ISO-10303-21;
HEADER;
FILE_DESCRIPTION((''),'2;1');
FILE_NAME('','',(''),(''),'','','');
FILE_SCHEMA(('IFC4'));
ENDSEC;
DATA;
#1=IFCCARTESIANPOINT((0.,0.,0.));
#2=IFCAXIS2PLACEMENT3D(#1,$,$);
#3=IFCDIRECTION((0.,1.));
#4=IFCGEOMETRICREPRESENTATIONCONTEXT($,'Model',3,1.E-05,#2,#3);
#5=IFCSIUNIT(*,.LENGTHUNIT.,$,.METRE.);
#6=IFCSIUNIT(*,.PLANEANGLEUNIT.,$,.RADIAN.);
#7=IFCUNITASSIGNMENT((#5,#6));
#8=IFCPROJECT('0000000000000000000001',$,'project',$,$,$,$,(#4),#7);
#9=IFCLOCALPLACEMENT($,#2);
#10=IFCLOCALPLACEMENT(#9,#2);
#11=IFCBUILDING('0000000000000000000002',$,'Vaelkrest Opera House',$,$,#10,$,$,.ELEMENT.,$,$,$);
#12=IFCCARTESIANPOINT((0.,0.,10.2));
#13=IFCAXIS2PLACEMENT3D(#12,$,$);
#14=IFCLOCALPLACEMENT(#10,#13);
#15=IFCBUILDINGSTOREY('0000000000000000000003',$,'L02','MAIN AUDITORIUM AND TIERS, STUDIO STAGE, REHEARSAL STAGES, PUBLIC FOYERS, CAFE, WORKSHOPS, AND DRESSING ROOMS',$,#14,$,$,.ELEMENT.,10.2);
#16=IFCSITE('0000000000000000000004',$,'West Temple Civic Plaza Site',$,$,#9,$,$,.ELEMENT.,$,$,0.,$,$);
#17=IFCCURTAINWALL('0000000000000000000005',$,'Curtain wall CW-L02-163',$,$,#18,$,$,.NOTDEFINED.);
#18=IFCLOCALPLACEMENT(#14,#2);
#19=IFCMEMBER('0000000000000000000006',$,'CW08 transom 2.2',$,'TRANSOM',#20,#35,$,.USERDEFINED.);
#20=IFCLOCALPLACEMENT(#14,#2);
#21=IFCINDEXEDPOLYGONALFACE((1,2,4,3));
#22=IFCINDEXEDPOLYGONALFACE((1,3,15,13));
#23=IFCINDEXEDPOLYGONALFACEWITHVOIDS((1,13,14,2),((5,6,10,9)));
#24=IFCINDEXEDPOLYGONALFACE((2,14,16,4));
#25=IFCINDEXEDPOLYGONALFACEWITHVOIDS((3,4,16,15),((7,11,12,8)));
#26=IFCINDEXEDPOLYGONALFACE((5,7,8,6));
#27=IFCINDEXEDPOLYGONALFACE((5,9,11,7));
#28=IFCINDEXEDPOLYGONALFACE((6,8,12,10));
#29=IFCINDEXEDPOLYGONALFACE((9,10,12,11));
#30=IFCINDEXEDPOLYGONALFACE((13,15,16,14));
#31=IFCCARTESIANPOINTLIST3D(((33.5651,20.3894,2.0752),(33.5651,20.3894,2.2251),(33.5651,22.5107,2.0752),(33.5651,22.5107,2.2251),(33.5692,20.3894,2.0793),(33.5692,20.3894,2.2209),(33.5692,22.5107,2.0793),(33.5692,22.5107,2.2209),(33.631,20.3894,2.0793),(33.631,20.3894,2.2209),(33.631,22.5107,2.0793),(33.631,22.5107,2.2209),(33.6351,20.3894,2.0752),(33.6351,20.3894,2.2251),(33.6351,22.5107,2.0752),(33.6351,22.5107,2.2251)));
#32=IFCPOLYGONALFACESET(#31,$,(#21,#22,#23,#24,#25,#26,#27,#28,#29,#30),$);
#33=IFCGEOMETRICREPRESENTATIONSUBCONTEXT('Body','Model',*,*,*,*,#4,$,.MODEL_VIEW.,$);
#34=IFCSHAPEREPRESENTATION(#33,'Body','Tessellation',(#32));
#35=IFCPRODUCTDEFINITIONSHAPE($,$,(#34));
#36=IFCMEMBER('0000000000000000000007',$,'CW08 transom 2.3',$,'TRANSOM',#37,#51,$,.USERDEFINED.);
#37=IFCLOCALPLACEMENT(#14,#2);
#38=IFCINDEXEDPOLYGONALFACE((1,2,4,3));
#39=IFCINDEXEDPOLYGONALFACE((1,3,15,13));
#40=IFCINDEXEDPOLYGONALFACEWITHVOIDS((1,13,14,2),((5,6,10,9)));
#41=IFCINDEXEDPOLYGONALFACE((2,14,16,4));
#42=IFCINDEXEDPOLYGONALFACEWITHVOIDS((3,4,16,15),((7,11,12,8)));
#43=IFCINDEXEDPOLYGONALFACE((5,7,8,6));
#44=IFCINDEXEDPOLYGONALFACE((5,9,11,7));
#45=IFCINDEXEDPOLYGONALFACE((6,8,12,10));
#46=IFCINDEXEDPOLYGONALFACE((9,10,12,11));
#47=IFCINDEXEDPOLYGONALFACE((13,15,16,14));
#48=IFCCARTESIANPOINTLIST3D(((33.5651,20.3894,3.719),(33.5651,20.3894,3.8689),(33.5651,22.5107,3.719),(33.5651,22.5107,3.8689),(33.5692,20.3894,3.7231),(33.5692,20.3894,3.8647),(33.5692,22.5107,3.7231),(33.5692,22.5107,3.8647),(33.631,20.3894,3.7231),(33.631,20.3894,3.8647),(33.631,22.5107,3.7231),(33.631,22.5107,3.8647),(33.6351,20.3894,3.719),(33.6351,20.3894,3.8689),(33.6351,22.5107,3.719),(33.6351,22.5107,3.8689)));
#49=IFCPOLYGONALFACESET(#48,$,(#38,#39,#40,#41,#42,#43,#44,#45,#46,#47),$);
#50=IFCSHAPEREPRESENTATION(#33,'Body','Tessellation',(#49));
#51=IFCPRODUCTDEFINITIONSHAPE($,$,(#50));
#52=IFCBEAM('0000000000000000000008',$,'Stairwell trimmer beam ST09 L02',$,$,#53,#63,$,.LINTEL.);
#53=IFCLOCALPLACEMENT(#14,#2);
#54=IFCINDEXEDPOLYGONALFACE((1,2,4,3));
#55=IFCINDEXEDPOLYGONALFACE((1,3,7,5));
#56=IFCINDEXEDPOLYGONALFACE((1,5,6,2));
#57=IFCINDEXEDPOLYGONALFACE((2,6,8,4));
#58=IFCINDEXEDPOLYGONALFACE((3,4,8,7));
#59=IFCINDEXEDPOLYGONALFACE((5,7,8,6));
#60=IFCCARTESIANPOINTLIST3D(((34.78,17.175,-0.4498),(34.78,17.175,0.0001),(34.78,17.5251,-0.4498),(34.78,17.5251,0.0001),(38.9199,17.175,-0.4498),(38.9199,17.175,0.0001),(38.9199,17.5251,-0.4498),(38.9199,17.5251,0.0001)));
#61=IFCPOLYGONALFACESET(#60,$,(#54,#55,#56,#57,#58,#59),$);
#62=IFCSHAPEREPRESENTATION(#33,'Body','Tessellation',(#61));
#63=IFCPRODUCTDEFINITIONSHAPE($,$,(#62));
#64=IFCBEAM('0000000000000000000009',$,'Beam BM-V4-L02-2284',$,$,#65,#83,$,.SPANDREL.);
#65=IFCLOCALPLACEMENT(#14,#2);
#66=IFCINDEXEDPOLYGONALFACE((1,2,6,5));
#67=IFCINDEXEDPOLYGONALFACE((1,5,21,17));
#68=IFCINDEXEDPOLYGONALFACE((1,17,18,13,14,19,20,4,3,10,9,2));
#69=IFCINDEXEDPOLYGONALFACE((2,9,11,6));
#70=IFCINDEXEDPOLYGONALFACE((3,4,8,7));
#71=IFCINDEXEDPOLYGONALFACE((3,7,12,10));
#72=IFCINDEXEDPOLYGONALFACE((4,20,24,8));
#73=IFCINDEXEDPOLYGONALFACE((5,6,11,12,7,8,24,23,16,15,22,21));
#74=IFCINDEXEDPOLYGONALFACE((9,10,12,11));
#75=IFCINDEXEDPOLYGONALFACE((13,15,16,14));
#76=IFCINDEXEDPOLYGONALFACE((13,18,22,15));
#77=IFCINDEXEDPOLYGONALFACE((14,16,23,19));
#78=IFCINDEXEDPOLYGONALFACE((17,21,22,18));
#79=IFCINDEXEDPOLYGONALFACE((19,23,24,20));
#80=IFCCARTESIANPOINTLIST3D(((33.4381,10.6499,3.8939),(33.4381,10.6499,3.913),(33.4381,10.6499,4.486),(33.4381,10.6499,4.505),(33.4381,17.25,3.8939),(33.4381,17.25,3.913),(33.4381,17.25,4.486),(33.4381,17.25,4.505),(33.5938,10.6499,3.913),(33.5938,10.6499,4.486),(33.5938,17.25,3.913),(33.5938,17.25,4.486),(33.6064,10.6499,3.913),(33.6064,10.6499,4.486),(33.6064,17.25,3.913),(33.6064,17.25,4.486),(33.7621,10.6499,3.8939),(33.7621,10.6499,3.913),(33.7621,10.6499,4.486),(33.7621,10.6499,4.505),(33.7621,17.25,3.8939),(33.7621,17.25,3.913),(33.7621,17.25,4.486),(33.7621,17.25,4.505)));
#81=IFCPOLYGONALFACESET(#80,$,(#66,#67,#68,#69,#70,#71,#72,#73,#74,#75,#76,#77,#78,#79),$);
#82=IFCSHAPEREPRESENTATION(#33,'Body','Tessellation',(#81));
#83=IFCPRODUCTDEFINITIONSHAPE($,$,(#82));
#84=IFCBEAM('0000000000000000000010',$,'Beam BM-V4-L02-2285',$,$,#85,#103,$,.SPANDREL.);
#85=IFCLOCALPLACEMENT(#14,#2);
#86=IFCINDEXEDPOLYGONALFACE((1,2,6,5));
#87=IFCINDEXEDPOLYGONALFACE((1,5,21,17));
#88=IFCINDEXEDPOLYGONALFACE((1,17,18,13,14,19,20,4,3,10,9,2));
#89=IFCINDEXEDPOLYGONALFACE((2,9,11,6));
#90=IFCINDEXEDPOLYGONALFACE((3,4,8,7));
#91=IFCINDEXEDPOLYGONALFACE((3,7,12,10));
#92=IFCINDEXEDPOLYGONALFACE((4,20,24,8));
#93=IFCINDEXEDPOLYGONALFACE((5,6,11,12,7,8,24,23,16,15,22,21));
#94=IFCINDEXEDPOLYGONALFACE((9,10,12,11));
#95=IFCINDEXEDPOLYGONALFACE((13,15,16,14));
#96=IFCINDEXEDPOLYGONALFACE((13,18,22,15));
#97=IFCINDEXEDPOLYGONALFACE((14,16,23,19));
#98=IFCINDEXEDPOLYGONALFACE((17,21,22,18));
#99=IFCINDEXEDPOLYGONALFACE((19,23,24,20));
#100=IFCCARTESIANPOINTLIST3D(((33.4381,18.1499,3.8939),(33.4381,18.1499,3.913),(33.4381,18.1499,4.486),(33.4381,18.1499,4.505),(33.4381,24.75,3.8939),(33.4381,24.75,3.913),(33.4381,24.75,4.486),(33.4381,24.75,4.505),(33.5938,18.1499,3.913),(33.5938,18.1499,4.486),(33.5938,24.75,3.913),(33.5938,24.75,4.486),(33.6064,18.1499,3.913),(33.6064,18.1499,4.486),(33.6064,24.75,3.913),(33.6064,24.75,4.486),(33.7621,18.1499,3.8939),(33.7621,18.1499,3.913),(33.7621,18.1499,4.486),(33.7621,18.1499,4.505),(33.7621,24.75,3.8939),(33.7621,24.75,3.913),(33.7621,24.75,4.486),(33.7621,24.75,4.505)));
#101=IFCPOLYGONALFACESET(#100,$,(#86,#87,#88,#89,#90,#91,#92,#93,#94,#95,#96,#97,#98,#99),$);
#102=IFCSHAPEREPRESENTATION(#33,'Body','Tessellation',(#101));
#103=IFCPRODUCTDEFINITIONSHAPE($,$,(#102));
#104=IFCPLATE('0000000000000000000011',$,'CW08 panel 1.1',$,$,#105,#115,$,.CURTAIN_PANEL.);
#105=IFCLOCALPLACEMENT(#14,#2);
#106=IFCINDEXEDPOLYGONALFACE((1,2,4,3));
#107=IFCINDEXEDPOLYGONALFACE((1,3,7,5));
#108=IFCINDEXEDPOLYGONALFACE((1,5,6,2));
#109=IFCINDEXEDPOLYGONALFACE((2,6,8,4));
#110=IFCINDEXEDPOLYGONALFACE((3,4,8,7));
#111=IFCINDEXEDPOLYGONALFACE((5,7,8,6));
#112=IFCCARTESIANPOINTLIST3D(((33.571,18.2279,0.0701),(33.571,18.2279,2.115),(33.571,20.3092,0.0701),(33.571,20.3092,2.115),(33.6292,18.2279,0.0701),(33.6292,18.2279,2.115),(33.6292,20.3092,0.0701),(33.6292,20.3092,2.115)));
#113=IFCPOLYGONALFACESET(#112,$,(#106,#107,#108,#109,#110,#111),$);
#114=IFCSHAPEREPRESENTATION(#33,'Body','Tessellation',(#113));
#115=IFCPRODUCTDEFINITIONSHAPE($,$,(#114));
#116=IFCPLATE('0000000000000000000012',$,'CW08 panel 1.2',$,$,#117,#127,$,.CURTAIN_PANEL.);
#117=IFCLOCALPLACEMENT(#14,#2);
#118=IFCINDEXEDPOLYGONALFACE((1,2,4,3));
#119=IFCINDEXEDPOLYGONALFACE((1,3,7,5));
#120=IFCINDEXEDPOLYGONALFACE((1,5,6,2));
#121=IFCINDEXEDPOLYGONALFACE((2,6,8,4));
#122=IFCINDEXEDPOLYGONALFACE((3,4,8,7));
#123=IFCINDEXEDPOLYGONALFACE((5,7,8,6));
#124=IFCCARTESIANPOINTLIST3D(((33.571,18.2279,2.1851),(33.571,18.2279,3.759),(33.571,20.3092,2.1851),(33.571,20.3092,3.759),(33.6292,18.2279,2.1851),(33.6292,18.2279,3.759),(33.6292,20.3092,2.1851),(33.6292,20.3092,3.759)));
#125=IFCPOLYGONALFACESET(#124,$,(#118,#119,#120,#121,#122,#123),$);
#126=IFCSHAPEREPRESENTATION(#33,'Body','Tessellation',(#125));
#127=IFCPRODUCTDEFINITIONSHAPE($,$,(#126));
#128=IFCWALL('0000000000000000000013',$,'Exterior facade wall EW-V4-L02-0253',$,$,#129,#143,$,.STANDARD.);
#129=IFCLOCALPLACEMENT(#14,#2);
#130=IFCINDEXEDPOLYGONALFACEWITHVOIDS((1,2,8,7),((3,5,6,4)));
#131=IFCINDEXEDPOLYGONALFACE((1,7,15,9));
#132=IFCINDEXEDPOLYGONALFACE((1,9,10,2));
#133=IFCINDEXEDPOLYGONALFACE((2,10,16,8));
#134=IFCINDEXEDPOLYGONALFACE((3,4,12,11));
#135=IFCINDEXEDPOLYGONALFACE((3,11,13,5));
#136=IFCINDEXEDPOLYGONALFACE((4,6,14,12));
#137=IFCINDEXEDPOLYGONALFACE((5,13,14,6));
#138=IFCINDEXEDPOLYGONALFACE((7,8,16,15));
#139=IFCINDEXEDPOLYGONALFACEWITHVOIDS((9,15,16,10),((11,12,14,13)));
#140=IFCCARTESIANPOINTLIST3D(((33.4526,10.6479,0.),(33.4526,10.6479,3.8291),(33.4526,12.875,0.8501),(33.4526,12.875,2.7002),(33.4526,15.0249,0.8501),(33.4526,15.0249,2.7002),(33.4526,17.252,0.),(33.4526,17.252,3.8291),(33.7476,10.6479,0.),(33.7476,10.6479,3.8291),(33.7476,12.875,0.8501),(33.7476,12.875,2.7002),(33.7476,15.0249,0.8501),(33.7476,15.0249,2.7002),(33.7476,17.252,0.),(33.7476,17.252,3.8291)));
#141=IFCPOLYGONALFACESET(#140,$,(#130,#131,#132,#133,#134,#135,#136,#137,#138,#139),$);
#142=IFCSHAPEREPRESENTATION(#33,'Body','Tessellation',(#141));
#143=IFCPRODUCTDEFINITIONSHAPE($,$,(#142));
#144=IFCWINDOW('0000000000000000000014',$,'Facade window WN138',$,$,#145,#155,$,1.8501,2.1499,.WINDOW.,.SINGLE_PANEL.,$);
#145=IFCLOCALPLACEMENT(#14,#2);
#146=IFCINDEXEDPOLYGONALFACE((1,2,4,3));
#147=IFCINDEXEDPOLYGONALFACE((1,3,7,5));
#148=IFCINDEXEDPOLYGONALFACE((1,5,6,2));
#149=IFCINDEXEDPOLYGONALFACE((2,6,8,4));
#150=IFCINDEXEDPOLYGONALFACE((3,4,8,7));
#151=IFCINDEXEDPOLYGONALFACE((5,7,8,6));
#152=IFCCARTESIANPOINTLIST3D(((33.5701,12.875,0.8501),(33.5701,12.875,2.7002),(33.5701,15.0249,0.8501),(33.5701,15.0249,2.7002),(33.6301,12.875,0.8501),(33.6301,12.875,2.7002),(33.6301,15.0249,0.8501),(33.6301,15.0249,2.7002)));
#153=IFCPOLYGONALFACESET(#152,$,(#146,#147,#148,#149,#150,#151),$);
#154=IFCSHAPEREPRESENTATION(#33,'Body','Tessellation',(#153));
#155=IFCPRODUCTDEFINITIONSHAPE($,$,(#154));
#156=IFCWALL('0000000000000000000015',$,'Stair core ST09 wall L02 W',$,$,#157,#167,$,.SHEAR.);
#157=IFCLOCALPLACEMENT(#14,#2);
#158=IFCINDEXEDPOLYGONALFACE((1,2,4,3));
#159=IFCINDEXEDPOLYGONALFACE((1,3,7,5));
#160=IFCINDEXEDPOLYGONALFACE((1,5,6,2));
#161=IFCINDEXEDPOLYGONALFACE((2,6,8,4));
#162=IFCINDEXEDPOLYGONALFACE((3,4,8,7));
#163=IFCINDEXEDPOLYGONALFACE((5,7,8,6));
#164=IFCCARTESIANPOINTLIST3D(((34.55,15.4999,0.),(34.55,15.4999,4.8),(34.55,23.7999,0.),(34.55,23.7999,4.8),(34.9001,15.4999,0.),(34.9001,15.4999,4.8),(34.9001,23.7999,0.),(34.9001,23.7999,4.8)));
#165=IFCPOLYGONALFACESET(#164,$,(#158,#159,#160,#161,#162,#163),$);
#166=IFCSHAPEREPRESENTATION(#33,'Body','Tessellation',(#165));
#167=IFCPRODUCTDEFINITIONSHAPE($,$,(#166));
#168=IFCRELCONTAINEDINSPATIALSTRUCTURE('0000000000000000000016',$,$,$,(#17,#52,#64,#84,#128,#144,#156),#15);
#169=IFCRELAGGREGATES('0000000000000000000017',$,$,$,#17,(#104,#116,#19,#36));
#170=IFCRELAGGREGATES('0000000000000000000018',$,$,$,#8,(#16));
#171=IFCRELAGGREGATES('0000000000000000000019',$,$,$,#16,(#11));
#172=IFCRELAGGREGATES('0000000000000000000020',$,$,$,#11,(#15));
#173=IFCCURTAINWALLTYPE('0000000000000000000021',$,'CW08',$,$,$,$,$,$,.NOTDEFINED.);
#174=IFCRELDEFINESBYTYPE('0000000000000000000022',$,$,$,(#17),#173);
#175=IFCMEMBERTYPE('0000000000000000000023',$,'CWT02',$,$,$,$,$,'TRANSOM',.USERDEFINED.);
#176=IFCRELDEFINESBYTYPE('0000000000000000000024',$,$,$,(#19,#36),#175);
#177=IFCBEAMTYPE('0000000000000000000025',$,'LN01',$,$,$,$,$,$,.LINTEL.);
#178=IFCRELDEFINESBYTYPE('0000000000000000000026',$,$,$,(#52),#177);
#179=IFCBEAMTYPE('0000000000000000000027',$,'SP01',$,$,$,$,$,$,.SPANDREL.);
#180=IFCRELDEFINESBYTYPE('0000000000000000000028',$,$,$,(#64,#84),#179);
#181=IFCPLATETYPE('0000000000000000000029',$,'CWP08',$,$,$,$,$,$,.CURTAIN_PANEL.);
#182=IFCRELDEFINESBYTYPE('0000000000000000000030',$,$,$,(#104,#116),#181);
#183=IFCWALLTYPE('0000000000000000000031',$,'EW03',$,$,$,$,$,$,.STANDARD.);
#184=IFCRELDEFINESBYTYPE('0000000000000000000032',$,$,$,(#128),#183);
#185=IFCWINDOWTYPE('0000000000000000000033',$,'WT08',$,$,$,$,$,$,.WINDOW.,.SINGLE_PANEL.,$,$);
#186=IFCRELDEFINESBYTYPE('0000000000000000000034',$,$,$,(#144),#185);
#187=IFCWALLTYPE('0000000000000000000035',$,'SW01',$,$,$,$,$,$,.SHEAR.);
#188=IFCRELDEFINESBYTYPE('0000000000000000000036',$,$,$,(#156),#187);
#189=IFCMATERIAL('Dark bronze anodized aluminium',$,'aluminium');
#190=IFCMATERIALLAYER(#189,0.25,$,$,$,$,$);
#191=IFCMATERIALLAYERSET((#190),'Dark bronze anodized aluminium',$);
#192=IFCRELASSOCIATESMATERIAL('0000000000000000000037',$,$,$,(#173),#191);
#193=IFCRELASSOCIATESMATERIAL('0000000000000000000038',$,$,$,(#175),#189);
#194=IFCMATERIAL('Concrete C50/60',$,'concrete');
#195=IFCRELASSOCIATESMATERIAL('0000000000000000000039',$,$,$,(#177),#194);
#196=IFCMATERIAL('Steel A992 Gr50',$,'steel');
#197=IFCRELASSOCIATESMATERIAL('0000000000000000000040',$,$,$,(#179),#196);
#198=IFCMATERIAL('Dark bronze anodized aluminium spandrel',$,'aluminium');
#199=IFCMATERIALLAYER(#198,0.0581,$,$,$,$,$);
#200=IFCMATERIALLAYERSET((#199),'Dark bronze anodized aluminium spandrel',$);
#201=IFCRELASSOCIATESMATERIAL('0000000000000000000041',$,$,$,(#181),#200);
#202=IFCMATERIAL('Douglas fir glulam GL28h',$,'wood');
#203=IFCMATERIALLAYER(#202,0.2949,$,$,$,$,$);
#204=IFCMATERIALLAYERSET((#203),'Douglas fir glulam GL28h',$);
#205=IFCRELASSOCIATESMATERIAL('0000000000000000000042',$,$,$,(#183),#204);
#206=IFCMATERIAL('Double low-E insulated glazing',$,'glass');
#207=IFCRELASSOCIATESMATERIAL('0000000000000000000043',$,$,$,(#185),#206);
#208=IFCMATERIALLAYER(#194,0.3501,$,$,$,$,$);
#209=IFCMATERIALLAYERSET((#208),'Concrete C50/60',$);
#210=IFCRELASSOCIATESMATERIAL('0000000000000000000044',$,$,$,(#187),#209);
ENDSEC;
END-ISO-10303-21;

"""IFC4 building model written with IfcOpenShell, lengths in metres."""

from ifc_helpers import new_model, si_unit, direction, frame, frame_2d, origin, origin_2d, place, context, subcontext, project, spatial, rectangle, hollow_rectangle, i_section, extrude, material, layer, layer_set, material_profile, profile_set, type_object, element, fill, aggregate, save


model = new_model("IFC4")

# Units and contexts
model_context = context("Model", 3, precision=1e-05, world=origin(), true_north=direction((0.0, 1.0)))
body_context = subcontext(model_context, "Body", "Model", "MODEL_VIEW")
ifc_project = project(units=[si_unit("LENGTHUNIT", "METRE"), si_unit("PLANEANGLEUNIT", "RADIAN")], contexts=[model_context])

# Site, building, storey
site_placement = place(None, origin())
site = spatial("IfcSite", under=ifc_project, at=site_placement, Name="West Temple Civic Plaza Site", CompositionType="ELEMENT", RefElevation=0.0)
building_placement = place(site_placement, origin())
building = spatial("IfcBuilding", under=site, at=building_placement, Name="Vaelkrest Opera House", CompositionType="ELEMENT")
storey_placement = place(building_placement, frame((0.0, 0.0, 10.2)))
storey = spatial("IfcBuildingStorey", under=building, at=storey_placement, Name="L02", Description="MAIN AUDITORIUM AND TIERS, STUDIO STAGE, REHEARSAL STAGES, PUBLIC FOYERS, CAFE, WORKSHOPS, AND DRESSING ROOMS", CompositionType="ELEMENT", Elevation=10.2)

# Shared definitions
ifc_material_1 = material(Name="Concrete C50/60", Category="concrete")

# Shared definitions
ifc_material_2 = material(Name="Steel A992 Gr50", Category="steel")

# Curtain wall, members
ifc_material_3 = material(Name="Dark bronze anodized aluminium", Category="aluminium")
ifc_layer_1 = layer(ifc_material_3, 0.25)
ifc_layer_set_1 = layer_set([ifc_layer_1], Name="Dark bronze anodized aluminium")
curtain_wall_type = type_object("IfcCurtainWallType", Name="CW08", PredefinedType="NOTDEFINED", material=ifc_layer_set_1)
curtain_wall_placement = place(storey_placement, origin())
curtain_wall = element("IfcCurtainWall", 1, at=curtain_wall_placement, inside=storey, type_object=curtain_wall_type, Name="Curtain wall CW-L02-163", PredefinedType="NOTDEFINED")
ifc_material_profile_1 = material_profile(ifc_material_3, hollow_rectangle(XDim=0.0701, YDim=0.1499, WallThickness=0.0042, at=origin_2d()), Name="CWT70X150")
ifc_profile_set_1 = profile_set([ifc_material_profile_1], Name="Dark bronze anodized aluminium")
member_type_1 = type_object("IfcMemberType", Name="CWT02", ElementType="TRANSOM", PredefinedType="USERDEFINED", material=ifc_profile_set_1)
member_1_placement = place(storey_placement, frame((33.6001, 20.3894, 2.1501), z_axis=(0.0, 1.0, 0.0), x_axis=(-1.0, 0.0, 0.0)))
member_1 = element("IfcMember", 2, at=member_1_placement, type_object=member_type_1, Name="CW08 transom 2.2", ObjectType="TRANSOM", PredefinedType="USERDEFINED", context=body_context, shape_type="SweptSolid", body=[
    extrude(hollow_rectangle(XDim=0.0701, YDim=0.1499, WallThickness=0.0042, at=origin_2d()), origin(), (0.0, 0.0, 1.0), 2.1213),
])
member_2_placement = place(storey_placement, frame((33.6001, 20.3894, 3.7939), z_axis=(0.0, 1.0, 0.0), x_axis=(-1.0, 0.0, 0.0)))
member_2 = element("IfcMember", 3, at=member_2_placement, type_object=member_type_1, Name="CW08 transom 2.3", ObjectType="TRANSOM", PredefinedType="USERDEFINED", context=body_context, shape_type="SweptSolid", body=[
    extrude(hollow_rectangle(XDim=0.0701, YDim=0.1499, WallThickness=0.0042, at=origin_2d()), origin(), (0.0, 0.0, 1.0), 2.1213),
])

# Beams
ifc_material_profile_2 = material_profile(ifc_material_1, rectangle(XDim=0.3501, YDim=0.45, at=origin_2d()), Name="RCB350X450")
ifc_profile_set_2 = profile_set([ifc_material_profile_2], Name="Concrete C50/60")
beam_type_1 = type_object("IfcBeamType", Name="LN01", PredefinedType="LINTEL", material=ifc_profile_set_2)
beam_1_placement = place(storey_placement, frame((34.78, 17.3501, -0.2249), z_axis=(1.0, 0.0, 0.0), x_axis=(0.0, 1.0, 0.0)))
element("IfcBeam", 4, at=beam_1_placement, inside=storey, type_object=beam_type_1, Name="Stairwell trimmer beam ST09 L02", PredefinedType="LINTEL", context=body_context, shape_type="SweptSolid", body=[
    extrude(rectangle(XDim=0.3501, YDim=0.45, at=origin_2d()), origin(), (0.0, 0.0, 1.0), 4.1399),
])
ifc_material_profile_3 = material_profile(ifc_material_2, i_section(OverallWidth=0.324, OverallDepth=0.6111, WebThickness=0.0127, FlangeThickness=0.019, at=origin_2d()), Name="W24X104")
ifc_profile_set_3 = profile_set([ifc_material_profile_3], Name="Steel A992 Gr50")
beam_type_2 = type_object("IfcBeamType", Name="SP01", PredefinedType="SPANDREL", material=ifc_profile_set_3)
for number, where, z_axis, x_axis, name in (
    (5, (33.6001, 10.6499, 4.1995), (0.0, 1.0, 0.0), (-1.0, 0.0, 0.0), "Beam BM-V4-L02-2284"),
    (6, (33.6001, 18.1499, 4.1995), (0.0, 1.0, 0.0), (-1.0, 0.0, 0.0), "Beam BM-V4-L02-2285"),
):
    element("IfcBeam", number, at=place(storey_placement, frame(where, z_axis=z_axis, x_axis=x_axis)), inside=storey, type_object=beam_type_2, Name=name, PredefinedType="SPANDREL", context=body_context, shape_type="SweptSolid", body=[
        extrude(i_section(OverallWidth=0.324, OverallDepth=0.6111, WebThickness=0.0127, FlangeThickness=0.019, at=origin_2d()), origin(), (0.0, 0.0, 1.0), 6.6001),
    ])

# Plates
ifc_material_4 = material(Name="Dark bronze anodized aluminium spandrel", Category="aluminium")
ifc_layer_2 = layer(ifc_material_4, 0.0581)
ifc_layer_set_2 = layer_set([ifc_layer_2], Name="Dark bronze anodized aluminium spandrel")
plate_type = type_object("IfcPlateType", Name="CWP08", PredefinedType="CURTAIN_PANEL", material=ifc_layer_set_2)
plate_1_placement = place(storey_placement, frame((33.6001, 19.2686, 0.0701), z_axis=(0.0, 0.0, 1.0), x_axis=(0.0, 1.0, 0.0)))
plate_1 = element("IfcPlate", 7, at=plate_1_placement, type_object=plate_type, Name="CW08 panel 1.1", PredefinedType="CURTAIN_PANEL", context=body_context, shape_type="SweptSolid", body=[
    extrude(rectangle(XDim=2.0813, YDim=0.0581, at=origin_2d()), origin(), (0.0, 0.0, 1.0), 2.0449),
])
plate_2_placement = place(storey_placement, frame((33.6001, 19.2686, 2.1851), z_axis=(0.0, 0.0, 1.0), x_axis=(0.0, 1.0, 0.0)))
plate_2 = element("IfcPlate", 8, at=plate_2_placement, type_object=plate_type, Name="CW08 panel 1.2", PredefinedType="CURTAIN_PANEL", context=body_context, shape_type="SweptSolid", body=[
    extrude(rectangle(XDim=2.0813, YDim=0.0581, at=origin_2d()), origin(), (0.0, 0.0, 1.0), 1.574),
])
aggregate(curtain_wall, [plate_1, plate_2, member_1, member_2])

# Wall, opening, window
ifc_material_5 = material(Name="Douglas fir glulam GL28h", Category="wood")
ifc_layer_3 = layer(ifc_material_5, 0.2949)
ifc_layer_set_3 = layer_set([ifc_layer_3], Name="Douglas fir glulam GL28h")
wall_type_1 = type_object("IfcWallType", Name="EW03", PredefinedType="STANDARD", material=ifc_layer_set_3)
wall_1_placement = place(storey_placement, frame((33.6001, 10.6479, 0.0), z_axis=(0.0, 0.0, 1.0), x_axis=(0.0, 1.0, 0.0)))
wall_1 = element("IfcWall", 9, at=wall_1_placement, inside=storey, type_object=wall_type_1, Name="Exterior facade wall EW-V4-L02-0253", PredefinedType="STANDARD", context=body_context, shape_type="SweptSolid", body=[
    extrude(rectangle(XDim=6.604, YDim=0.2949, at=frame_2d((3.302, 0.0))), origin(), (0.0, 0.0, 1.0), 3.8291),
])
opening_1_placement = place(wall_1_placement, frame((2.2271, 0.0, 0.8501)))
opening_1 = element("IfcOpeningElement", 10, at=opening_1_placement, cuts=wall_1, PredefinedType="OPENING", context=body_context, shape_type="SweptSolid", body=[
    extrude(rectangle(XDim=2.1499, YDim=1.8501, at=frame_2d((1.075, 0.925))), frame((0.0, 0.1575, 0.0), z_axis=(0.0, -1.0, 0.0), x_axis=(1.0, 0.0, 0.0)), (0.0, 0.0, 1.0), 0.3149),
])
ifc_material_6 = material(Name="Double low-E insulated glazing", Category="glass")
window_type = type_object("IfcWindowType", Name="WT08", PartitioningType="SINGLE_PANEL", PredefinedType="WINDOW", material=ifc_material_6)
window_placement = place(opening_1_placement, origin())
window = element("IfcWindow", 11, at=window_placement, inside=storey, type_object=window_type, Name="Facade window WN138", OverallHeight=1.8501, OverallWidth=2.1499, PartitioningType="SINGLE_PANEL", PredefinedType="WINDOW", context=body_context, shape_type="SweptSolid", body=[
    extrude(rectangle(XDim=2.1499, YDim=1.8501, at=frame_2d((1.075, 0.925))), frame((0.0, 0.03, 0.0), z_axis=(0.0, -1.0, 0.0), x_axis=(1.0, 0.0, 0.0)), (0.0, 0.0, 1.0), 0.0601),
])
fill(opening_1, window)

# Shared definitions
ifc_layer_4 = layer(ifc_material_1, 0.3501)
ifc_layer_set_4 = layer_set([ifc_layer_4], Name="Concrete C50/60")
wall_type_2 = type_object("IfcWallType", Name="SW01", PredefinedType="SHEAR", material=ifc_layer_set_4)

# Wall
wall_2_placement = place(storey_placement, frame((34.7251, 15.5, 0.0), z_axis=(0.0, 0.0, 1.0), x_axis=(0.0, 1.0, 0.0)))
element("IfcWall", 12, at=wall_2_placement, inside=storey, type_object=wall_type_2, Name="Stair core ST09 wall L02 W", PredefinedType="SHEAR", context=body_context, shape_type="SweptSolid", body=[
    extrude(rectangle(XDim=8.3, YDim=0.3501, at=frame_2d((4.1499, 0.0))), origin(), (0.0, 0.0, 1.0), 4.8),
])

save(model, "model.ifc")
